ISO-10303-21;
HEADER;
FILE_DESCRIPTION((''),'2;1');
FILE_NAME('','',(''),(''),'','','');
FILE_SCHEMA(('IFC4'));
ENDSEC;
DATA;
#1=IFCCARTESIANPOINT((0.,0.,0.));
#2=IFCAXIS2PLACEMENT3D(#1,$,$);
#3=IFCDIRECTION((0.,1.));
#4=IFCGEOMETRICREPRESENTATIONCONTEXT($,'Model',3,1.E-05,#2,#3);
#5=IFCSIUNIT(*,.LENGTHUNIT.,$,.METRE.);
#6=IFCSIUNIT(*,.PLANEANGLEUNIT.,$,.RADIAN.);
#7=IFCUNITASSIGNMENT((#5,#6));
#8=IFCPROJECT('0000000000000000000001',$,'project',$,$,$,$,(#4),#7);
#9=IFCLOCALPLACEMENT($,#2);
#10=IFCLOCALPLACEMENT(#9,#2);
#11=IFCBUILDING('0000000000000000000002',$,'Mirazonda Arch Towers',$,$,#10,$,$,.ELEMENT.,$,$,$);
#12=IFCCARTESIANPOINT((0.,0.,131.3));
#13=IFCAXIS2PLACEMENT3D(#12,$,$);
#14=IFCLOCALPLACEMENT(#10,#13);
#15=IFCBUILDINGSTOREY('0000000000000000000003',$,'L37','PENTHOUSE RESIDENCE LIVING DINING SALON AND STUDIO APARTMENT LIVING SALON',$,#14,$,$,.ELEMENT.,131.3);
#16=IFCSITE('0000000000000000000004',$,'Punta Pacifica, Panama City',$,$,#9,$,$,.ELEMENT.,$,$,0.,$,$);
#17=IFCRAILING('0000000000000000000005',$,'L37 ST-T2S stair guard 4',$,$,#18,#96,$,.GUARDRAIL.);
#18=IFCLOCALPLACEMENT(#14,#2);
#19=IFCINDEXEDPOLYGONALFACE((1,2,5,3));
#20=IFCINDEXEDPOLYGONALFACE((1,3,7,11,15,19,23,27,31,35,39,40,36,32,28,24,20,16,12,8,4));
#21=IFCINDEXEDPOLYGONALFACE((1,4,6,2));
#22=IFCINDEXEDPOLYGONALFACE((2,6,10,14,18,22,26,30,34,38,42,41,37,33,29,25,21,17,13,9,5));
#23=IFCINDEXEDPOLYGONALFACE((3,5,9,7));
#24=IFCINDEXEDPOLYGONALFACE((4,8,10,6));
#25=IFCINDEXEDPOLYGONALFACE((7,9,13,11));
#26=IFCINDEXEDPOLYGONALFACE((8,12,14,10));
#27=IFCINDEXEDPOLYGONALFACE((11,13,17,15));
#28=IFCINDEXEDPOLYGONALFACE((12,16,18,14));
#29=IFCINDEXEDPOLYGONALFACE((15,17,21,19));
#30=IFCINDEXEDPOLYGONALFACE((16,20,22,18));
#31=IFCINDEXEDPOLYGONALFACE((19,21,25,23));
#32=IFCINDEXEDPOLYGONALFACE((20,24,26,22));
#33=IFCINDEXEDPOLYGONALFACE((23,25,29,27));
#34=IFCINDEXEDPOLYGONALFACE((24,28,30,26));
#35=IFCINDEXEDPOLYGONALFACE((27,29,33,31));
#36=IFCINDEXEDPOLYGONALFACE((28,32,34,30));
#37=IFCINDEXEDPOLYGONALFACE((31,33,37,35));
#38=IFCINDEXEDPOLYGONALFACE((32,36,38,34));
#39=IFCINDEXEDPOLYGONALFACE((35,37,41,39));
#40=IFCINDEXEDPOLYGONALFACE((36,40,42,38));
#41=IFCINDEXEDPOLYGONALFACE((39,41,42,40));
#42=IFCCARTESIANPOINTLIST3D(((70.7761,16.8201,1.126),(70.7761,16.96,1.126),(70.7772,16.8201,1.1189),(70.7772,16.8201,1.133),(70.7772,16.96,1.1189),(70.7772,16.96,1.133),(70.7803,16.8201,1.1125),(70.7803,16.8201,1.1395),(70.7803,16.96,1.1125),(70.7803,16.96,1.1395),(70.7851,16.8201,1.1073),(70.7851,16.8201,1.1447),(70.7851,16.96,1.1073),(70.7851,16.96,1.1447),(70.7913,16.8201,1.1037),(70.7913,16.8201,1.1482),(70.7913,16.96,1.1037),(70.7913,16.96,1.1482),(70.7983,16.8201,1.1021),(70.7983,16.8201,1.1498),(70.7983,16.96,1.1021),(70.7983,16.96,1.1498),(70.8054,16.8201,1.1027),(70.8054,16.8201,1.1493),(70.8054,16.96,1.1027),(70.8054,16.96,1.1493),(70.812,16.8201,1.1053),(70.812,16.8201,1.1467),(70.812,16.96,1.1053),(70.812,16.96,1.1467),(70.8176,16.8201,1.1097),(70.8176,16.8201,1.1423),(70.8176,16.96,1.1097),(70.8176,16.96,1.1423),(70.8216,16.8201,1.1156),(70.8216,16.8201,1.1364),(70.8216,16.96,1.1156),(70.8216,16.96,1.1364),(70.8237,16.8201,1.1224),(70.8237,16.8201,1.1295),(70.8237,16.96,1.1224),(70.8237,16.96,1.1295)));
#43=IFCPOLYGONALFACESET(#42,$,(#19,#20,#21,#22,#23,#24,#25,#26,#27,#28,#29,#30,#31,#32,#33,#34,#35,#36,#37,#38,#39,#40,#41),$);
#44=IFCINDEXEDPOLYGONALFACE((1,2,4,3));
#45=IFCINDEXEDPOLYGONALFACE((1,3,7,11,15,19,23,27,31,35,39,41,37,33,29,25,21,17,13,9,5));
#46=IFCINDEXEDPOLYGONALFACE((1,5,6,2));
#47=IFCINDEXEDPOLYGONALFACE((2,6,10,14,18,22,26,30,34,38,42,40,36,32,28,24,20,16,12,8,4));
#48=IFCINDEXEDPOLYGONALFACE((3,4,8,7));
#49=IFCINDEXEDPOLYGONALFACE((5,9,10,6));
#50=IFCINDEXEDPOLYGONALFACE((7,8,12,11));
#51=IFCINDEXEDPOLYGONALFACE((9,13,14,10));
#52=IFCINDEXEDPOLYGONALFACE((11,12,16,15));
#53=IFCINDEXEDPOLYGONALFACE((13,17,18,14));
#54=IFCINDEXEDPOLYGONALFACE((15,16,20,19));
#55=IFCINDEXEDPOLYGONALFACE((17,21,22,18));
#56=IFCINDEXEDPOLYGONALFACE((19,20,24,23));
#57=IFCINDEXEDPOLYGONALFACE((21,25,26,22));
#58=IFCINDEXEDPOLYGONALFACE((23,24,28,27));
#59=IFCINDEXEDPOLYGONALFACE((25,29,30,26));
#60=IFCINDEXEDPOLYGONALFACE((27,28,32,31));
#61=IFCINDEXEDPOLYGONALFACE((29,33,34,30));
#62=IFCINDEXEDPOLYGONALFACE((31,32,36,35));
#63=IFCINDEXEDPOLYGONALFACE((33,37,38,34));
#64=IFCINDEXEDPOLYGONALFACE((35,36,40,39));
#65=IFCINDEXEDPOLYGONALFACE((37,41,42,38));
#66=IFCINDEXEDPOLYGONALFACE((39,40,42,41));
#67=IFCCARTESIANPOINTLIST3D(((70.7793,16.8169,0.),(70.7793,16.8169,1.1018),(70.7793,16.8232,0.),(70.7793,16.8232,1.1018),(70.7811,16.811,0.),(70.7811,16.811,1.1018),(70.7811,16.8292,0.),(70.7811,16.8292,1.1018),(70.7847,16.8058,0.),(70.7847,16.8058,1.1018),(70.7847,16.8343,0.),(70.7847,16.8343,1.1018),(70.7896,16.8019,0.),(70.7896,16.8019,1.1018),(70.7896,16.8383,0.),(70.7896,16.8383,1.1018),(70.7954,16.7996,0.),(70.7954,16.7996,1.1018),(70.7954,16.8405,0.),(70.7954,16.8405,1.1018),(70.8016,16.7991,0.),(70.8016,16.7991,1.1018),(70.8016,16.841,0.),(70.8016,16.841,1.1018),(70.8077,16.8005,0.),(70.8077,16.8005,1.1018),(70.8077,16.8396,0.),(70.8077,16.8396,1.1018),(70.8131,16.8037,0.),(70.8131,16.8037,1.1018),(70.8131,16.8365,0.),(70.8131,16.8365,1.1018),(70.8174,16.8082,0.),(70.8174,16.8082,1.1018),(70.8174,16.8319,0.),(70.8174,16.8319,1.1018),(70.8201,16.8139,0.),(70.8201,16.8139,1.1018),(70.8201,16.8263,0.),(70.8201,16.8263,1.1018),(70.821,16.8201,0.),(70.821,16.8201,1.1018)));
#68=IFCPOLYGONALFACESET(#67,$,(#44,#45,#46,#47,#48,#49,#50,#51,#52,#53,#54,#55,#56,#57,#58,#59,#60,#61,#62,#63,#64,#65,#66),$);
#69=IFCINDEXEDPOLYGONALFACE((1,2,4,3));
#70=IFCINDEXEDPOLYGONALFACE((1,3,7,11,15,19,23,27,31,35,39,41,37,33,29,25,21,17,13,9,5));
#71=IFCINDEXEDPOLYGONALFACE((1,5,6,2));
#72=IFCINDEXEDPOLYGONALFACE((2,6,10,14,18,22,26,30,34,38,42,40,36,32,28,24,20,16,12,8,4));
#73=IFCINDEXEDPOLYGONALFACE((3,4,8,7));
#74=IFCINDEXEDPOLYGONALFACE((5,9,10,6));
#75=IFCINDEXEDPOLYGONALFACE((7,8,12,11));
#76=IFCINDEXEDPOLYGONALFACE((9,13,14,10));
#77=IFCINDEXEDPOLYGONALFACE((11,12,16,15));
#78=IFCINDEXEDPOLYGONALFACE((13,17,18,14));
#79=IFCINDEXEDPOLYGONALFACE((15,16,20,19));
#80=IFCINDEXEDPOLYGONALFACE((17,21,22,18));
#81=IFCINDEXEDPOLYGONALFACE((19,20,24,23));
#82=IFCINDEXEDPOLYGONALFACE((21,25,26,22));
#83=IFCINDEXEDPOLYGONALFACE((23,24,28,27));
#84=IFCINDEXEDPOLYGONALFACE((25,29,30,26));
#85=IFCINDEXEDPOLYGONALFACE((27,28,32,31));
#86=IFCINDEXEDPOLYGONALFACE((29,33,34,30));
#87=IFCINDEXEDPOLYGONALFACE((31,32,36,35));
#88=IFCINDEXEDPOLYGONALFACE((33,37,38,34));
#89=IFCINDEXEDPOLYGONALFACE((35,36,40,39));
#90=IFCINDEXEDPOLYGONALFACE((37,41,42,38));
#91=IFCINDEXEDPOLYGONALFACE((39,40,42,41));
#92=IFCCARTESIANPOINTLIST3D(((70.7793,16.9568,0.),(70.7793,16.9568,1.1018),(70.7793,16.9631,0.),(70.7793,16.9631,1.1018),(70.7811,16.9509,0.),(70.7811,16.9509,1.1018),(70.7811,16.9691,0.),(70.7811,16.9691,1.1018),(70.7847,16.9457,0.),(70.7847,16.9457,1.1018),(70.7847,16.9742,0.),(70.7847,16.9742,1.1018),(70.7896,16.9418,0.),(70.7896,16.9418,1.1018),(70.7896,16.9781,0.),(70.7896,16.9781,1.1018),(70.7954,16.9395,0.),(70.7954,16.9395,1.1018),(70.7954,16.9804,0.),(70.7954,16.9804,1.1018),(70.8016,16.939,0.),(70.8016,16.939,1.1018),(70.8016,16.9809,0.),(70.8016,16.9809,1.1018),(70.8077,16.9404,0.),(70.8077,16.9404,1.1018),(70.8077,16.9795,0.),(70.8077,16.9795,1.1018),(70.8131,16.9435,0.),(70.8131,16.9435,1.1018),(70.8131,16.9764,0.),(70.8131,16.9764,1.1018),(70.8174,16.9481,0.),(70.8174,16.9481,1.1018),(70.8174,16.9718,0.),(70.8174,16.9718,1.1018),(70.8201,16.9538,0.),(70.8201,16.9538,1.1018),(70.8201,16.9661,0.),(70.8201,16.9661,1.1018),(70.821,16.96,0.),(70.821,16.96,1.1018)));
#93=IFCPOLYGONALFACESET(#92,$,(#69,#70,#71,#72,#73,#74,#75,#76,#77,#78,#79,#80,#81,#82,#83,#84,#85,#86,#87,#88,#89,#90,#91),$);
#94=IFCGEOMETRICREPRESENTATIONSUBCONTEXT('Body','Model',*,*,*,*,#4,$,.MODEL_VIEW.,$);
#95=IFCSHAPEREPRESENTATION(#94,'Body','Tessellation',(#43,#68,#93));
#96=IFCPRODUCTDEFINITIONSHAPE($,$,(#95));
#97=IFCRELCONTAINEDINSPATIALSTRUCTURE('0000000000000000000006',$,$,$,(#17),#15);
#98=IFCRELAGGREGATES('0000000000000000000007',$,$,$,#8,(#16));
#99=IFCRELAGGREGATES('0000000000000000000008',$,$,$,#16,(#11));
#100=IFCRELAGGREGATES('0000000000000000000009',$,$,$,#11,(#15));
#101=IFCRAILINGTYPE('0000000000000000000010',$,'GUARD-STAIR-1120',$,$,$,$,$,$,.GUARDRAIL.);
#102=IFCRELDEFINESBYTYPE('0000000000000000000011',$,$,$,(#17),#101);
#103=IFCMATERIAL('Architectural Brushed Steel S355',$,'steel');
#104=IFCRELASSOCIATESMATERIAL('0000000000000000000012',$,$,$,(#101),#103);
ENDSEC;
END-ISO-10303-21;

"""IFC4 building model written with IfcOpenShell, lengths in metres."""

from ifc_helpers import new_model, si_unit, direction, frame, origin, origin_2d, place, context, subcontext, project, spatial, circle, extrude, material, type_object, element, save


model = new_model("IFC4")

# Units and contexts
model_context = context("Model", 3, precision=1e-05, world=origin(), true_north=direction((0.0, 1.0)))
body_context = subcontext(model_context, "Body", "Model", "MODEL_VIEW")
ifc_project = project(units=[si_unit("LENGTHUNIT", "METRE"), si_unit("PLANEANGLEUNIT", "RADIAN")], contexts=[model_context])

# Site, building, storey
site_placement = place(None, origin())
site = spatial("IfcSite", under=ifc_project, at=site_placement, Name="Punta Pacifica, Panama City", CompositionType="ELEMENT", RefElevation=0.0)
building_placement = place(site_placement, origin())
building = spatial("IfcBuilding", under=site, at=building_placement, Name="Mirazonda Arch Towers", CompositionType="ELEMENT")
storey_placement = place(building_placement, frame((0.0, 0.0, 131.3)))
storey = spatial("IfcBuildingStorey", under=building, at=storey_placement, Name="L37", Description="PENTHOUSE RESIDENCE LIVING DINING SALON AND STUDIO APARTMENT LIVING SALON", CompositionType="ELEMENT", Elevation=131.3)

# Railing
ifc_material_1 = material(Name="Architectural Brushed Steel S355", Category="steel")
railing_type_1 = type_object("IfcRailingType", Name="GUARD-STAIR-1120", PredefinedType="GUARDRAIL", material=ifc_material_1)
railing_1_placement = place(storey_placement, frame((70.8, 16.8201, 0.0)))
element("IfcRailing", 1, at=railing_1_placement, inside=storey, type_object=railing_type_1, Name="L37 ST-T2S stair guard 4", PredefinedType="GUARDRAIL", context=body_context, shape_type="SweptSolid", body=[
    extrude(circle(Radius=0.0239, at=origin_2d()), frame((0.0, 0.0, 1.126), z_axis=(0.0, 1.0, 0.0), x_axis=(-1.0, 0.0, 0.0)), (0.0, 0.0, 1.0), 0.1399),
    extrude(circle(Radius=0.021, at=origin_2d()), origin(), (0.0, 0.0, 1.0), 1.1018),
    extrude(circle(Radius=0.021, at=origin_2d()), frame((0.0, 0.1399, 0.0)), (0.0, 0.0, 1.0), 1.1018),
])

save(model, "model.ifc")
